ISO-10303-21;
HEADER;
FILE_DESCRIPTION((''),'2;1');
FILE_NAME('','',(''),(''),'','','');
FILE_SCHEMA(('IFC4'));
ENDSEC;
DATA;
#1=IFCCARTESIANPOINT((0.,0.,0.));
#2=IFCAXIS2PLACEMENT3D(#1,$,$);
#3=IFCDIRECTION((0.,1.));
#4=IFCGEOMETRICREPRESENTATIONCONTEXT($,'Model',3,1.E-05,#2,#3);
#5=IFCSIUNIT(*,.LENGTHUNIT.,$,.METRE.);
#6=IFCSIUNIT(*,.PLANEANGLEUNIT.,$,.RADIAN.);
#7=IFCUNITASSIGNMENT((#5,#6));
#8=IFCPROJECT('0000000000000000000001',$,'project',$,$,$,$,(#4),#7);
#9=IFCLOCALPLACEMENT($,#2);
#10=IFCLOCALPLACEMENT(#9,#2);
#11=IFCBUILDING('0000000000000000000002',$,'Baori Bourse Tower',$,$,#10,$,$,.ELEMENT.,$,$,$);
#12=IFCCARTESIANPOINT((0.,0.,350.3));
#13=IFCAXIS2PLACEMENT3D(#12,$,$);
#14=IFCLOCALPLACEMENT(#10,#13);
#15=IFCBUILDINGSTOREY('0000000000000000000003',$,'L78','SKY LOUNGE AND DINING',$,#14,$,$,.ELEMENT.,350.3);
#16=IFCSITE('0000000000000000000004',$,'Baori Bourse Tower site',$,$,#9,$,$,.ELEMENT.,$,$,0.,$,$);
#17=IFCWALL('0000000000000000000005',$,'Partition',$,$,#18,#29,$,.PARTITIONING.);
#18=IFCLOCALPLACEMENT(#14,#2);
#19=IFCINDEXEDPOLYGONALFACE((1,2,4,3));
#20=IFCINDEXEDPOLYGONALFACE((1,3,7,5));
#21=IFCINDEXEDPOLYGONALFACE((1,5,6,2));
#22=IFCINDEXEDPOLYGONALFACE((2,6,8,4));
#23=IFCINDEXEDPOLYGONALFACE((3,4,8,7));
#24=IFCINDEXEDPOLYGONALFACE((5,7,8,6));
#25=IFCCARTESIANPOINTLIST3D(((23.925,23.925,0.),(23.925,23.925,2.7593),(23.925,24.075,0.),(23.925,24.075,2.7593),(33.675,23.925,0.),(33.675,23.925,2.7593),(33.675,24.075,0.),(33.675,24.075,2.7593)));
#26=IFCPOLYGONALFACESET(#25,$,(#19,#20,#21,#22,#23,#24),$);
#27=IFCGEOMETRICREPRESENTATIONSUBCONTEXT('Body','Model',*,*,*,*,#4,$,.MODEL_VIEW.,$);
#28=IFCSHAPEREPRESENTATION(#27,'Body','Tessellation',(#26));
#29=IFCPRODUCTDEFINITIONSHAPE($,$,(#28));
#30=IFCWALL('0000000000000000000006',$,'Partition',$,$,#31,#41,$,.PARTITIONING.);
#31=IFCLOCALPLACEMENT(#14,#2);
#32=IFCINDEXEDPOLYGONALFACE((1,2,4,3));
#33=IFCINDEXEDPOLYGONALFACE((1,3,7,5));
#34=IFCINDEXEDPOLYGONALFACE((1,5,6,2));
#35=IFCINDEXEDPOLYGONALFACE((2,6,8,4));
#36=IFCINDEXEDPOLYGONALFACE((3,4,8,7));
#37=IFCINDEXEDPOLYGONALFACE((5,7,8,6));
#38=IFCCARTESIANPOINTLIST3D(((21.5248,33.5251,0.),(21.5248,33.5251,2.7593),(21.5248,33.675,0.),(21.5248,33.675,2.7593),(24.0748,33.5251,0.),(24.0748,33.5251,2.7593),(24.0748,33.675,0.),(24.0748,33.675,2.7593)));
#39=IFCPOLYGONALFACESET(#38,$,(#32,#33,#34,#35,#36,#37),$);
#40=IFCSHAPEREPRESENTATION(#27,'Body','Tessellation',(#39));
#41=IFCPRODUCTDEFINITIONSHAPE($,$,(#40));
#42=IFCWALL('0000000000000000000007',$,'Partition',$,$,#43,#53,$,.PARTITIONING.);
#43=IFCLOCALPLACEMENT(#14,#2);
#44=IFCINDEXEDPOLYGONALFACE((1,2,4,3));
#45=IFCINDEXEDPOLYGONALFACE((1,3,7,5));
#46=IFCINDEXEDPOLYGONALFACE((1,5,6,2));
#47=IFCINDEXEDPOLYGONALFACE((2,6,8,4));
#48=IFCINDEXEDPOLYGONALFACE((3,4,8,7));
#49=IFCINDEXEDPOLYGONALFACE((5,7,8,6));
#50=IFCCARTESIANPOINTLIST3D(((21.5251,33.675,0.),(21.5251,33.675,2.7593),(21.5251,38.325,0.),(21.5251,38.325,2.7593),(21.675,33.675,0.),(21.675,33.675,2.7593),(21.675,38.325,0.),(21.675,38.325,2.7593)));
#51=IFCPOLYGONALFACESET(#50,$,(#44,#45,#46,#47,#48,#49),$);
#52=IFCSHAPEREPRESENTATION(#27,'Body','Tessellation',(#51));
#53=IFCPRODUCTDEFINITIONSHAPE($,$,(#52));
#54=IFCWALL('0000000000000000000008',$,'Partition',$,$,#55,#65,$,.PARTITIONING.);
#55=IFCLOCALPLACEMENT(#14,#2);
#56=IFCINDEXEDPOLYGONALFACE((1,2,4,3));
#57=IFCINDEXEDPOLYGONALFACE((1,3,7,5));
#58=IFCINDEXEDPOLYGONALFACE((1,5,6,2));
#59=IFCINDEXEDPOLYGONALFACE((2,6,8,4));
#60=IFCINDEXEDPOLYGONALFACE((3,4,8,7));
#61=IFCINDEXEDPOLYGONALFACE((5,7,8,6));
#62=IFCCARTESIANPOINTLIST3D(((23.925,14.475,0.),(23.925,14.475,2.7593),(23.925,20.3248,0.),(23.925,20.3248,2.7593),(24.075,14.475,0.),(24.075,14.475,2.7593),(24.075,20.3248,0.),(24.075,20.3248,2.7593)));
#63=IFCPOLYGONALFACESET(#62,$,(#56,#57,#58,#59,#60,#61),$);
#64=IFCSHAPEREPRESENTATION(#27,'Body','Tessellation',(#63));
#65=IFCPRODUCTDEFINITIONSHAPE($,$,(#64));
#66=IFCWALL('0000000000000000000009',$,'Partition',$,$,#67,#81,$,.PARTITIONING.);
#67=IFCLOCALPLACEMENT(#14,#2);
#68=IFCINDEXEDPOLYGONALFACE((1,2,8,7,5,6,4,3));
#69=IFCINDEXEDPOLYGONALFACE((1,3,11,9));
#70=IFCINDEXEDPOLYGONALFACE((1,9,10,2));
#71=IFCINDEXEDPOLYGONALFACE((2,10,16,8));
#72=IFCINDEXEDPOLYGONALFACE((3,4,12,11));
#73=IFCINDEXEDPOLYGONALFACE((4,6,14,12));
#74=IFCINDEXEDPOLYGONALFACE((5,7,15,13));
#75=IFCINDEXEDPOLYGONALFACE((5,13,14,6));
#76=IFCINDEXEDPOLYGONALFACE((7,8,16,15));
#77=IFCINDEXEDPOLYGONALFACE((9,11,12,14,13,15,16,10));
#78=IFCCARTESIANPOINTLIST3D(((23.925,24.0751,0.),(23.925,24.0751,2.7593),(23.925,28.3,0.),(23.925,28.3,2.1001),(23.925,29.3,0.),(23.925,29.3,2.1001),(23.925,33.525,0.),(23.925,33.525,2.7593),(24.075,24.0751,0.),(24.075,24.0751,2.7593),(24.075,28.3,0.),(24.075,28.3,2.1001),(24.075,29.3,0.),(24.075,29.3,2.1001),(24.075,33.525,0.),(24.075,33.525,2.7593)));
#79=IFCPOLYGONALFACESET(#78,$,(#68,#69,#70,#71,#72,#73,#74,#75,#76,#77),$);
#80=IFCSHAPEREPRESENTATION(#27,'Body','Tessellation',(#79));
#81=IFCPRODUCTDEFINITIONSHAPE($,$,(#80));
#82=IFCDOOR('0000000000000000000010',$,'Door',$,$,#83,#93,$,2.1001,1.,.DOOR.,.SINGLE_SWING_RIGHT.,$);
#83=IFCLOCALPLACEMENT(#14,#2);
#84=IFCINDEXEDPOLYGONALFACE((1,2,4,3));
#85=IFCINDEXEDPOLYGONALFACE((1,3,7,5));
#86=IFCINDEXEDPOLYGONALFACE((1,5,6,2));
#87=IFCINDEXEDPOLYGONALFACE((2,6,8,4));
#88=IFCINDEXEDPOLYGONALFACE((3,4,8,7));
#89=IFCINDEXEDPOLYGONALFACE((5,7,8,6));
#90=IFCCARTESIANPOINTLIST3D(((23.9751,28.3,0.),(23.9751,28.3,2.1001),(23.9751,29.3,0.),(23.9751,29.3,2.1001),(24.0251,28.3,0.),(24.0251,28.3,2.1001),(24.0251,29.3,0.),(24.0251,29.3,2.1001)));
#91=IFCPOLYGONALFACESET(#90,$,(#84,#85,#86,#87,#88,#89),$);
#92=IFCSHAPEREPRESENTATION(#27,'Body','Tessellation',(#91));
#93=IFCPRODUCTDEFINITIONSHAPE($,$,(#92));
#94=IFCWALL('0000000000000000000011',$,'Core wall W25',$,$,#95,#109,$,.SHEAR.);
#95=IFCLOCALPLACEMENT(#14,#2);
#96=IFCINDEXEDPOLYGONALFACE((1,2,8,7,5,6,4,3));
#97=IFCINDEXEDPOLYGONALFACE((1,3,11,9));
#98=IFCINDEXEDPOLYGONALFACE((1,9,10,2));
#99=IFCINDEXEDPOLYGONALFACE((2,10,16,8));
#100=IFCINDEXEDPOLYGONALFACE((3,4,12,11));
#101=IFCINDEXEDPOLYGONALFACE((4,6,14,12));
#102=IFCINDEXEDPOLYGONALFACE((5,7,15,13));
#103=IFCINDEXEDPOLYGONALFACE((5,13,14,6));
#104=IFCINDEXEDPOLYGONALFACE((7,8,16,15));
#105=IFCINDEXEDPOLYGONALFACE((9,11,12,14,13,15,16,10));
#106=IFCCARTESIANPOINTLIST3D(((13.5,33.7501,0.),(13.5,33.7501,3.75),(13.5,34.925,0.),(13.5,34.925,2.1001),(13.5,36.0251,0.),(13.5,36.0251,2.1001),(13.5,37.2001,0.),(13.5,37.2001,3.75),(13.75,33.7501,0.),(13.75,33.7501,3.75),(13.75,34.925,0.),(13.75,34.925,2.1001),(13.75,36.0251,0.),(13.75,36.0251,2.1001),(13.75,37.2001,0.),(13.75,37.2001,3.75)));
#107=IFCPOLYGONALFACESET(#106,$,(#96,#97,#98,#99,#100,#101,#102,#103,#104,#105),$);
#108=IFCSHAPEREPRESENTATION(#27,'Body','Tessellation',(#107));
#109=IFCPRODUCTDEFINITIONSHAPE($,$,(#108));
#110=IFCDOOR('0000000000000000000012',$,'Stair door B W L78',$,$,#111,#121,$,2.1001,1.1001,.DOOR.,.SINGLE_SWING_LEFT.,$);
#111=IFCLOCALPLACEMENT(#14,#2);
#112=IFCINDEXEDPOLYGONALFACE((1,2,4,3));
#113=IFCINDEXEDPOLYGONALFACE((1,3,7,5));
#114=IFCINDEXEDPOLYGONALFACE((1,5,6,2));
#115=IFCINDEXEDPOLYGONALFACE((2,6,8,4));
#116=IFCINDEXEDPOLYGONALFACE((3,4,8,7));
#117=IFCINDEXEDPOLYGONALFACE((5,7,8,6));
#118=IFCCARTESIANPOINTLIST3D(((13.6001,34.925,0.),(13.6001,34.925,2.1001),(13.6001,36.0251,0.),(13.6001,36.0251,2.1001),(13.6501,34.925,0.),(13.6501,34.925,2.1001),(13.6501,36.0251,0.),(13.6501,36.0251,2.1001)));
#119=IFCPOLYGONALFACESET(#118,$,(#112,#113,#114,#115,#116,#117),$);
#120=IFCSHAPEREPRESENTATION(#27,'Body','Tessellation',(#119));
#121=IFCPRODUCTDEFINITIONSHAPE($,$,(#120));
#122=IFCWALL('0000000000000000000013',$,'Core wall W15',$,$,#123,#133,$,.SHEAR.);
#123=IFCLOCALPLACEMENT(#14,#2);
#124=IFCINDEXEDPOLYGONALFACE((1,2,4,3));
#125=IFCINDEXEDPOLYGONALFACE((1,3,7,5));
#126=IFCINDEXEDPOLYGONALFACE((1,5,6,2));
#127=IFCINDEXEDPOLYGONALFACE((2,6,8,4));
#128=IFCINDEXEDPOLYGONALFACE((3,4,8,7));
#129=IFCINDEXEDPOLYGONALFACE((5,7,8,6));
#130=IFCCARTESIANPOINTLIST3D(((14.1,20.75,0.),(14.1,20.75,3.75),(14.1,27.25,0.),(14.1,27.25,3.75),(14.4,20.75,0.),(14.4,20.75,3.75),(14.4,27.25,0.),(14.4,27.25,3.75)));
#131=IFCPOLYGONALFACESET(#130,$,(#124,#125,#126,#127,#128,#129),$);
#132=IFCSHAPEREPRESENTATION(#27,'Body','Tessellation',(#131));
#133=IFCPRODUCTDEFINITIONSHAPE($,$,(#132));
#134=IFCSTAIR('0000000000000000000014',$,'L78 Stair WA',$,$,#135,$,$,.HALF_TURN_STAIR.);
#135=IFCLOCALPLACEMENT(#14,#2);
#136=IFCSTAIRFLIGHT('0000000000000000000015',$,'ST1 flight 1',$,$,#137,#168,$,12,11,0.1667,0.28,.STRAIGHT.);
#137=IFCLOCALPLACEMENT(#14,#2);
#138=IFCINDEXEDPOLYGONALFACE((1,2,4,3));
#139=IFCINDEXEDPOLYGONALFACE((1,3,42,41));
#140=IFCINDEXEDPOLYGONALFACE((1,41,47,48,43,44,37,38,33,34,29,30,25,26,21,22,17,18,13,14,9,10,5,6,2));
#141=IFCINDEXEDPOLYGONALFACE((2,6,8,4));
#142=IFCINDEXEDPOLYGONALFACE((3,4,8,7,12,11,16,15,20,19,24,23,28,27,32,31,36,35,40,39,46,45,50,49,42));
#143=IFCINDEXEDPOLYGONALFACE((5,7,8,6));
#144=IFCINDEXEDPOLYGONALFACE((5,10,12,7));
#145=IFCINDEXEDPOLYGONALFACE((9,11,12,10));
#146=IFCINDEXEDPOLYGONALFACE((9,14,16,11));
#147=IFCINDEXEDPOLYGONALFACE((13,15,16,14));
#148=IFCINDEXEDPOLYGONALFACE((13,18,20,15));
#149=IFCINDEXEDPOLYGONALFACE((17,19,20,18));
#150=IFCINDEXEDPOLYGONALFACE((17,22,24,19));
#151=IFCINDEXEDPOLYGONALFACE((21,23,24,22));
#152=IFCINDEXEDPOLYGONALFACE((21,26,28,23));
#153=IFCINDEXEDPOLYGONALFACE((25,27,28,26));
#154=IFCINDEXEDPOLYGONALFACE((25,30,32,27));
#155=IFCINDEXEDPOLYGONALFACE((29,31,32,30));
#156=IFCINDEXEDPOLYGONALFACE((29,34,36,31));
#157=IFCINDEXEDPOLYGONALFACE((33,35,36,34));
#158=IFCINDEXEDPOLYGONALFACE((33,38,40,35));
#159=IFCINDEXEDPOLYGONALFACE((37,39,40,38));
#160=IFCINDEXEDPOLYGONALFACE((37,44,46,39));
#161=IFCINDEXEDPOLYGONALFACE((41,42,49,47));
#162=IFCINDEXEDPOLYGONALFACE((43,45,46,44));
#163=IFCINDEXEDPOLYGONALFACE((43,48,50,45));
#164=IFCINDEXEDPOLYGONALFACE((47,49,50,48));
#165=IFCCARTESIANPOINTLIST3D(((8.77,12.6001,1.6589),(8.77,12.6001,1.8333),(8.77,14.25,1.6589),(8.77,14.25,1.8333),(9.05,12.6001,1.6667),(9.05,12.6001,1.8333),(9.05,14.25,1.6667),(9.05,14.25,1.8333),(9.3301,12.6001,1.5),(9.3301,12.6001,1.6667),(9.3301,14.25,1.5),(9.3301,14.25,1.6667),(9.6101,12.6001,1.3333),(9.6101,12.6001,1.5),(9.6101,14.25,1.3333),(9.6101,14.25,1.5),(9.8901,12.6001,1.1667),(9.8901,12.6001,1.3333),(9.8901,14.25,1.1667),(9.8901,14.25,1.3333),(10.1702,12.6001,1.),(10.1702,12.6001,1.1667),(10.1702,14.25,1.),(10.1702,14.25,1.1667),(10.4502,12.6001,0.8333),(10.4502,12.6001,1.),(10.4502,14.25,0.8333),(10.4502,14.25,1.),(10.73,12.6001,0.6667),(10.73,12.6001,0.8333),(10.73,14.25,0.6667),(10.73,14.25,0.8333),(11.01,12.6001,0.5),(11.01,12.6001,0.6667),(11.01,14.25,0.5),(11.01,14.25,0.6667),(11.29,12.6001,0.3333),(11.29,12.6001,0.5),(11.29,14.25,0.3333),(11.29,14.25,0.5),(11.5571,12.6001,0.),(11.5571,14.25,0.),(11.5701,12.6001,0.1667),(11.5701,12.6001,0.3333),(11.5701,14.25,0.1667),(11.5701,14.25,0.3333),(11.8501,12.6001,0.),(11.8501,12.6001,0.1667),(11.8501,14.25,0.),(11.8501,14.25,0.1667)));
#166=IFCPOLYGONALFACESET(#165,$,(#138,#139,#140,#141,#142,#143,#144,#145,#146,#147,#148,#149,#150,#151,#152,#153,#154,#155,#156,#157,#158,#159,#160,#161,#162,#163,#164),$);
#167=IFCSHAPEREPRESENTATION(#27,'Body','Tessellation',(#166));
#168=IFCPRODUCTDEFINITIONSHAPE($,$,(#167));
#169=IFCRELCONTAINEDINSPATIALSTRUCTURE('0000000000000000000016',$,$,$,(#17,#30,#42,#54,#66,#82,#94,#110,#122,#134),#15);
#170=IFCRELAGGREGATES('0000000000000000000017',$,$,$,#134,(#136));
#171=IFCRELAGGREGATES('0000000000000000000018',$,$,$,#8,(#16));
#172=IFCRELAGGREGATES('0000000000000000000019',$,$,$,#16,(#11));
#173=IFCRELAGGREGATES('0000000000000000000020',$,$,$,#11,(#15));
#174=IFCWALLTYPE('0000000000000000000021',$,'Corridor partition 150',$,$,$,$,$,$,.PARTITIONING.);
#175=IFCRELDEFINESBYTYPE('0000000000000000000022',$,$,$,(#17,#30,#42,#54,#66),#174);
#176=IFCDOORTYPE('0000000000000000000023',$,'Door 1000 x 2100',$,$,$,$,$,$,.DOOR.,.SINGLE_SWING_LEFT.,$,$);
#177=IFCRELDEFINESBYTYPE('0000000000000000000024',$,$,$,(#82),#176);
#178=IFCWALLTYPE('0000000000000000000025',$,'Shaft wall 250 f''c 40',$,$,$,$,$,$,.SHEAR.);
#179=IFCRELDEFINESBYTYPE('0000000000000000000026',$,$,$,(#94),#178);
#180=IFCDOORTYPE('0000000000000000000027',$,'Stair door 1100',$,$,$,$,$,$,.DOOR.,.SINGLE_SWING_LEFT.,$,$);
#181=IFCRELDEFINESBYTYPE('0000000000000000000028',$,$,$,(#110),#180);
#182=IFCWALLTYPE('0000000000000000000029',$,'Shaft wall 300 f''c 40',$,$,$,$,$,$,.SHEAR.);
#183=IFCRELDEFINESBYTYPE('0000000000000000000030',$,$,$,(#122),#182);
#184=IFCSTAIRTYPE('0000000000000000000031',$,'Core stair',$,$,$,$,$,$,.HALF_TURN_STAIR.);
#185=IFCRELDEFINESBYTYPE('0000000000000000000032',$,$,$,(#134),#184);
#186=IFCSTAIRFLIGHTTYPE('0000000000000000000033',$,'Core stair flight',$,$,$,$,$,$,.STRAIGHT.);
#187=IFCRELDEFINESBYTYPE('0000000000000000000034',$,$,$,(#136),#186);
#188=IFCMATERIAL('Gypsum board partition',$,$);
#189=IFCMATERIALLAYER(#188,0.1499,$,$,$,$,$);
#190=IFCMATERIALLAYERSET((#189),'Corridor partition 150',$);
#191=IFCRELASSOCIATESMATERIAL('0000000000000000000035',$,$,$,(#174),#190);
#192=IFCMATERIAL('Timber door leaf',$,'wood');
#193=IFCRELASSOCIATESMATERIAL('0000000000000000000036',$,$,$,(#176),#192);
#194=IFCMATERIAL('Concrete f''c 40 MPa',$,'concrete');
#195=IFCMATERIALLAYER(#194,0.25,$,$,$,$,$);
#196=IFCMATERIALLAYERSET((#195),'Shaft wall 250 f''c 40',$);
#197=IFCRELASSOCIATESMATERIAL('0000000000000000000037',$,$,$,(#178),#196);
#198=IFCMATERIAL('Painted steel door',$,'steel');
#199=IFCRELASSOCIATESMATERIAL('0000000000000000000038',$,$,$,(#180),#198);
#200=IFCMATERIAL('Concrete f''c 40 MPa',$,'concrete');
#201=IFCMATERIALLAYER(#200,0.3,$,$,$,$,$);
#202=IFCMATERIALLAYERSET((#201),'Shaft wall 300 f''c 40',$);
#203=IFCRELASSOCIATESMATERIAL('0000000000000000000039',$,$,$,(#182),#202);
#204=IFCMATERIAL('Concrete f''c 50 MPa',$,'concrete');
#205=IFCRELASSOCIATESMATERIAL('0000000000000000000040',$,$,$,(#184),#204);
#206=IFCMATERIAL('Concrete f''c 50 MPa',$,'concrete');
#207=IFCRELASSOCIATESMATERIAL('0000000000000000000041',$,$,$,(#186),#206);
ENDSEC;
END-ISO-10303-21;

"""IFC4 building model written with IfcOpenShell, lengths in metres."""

from ifc_helpers import new_model, si_unit, direction, frame, frame_2d, origin, place, context, subcontext, project, spatial, polyline, rectangle, outline, extrude, material, layer, layer_set, type_object, element, fill, aggregate, save


model = new_model("IFC4")

# Units and contexts
model_context = context("Model", 3, precision=1e-05, world=origin(), true_north=direction((0.0, 1.0)))
body_context = subcontext(model_context, "Body", "Model", "MODEL_VIEW")
ifc_project = project(units=[si_unit("LENGTHUNIT", "METRE"), si_unit("PLANEANGLEUNIT", "RADIAN")], contexts=[model_context])

# Site, building, storey
site_placement = place(None, origin())
site = spatial("IfcSite", under=ifc_project, at=site_placement, Name="Baori Bourse Tower site", CompositionType="ELEMENT", RefElevation=0.0)
building_placement = place(site_placement, origin())
building = spatial("IfcBuilding", under=site, at=building_placement, Name="Baori Bourse Tower", CompositionType="ELEMENT")
storey_placement = place(building_placement, frame((0.0, 0.0, 350.3)))
storey = spatial("IfcBuildingStorey", under=building, at=storey_placement, Name="L78", Description="SKY LOUNGE AND DINING", CompositionType="ELEMENT", Elevation=350.3)

# Shared definitions
ifc_material_1 = material(Name="Gypsum board partition")
ifc_layer_1 = layer(ifc_material_1, 0.1499)
ifc_layer_set_1 = layer_set([ifc_layer_1], Name="Corridor partition 150")
wall_type_1 = type_object("IfcWallType", Name="Corridor partition 150", PredefinedType="PARTITIONING", material=ifc_layer_set_1)

# Shared definitions
ifc_material_2 = material(Name="Timber door leaf", Category="wood")
door_type_1 = type_object("IfcDoorType", Name="Door 1000 x 2100", OperationType="SINGLE_SWING_LEFT", PredefinedType="DOOR", material=ifc_material_2)

# Walls
wall_1_placement = place(storey_placement, frame((23.925, 24.0, 0.0), z_axis=(0.0, 0.0, 1.0), x_axis=(1.0, 0.0, 0.0)))
element("IfcWall", 1, at=wall_1_placement, inside=storey, type_object=wall_type_1, Name="Partition", PredefinedType="PARTITIONING", context=body_context, shape_type="SweptSolid", body=[
    extrude(rectangle(XDim=9.75, YDim=0.1499, at=frame_2d((4.875, 0.0))), origin(), (0.0, 0.0, 1.0), 2.7593),
])
wall_2_placement = place(storey_placement, frame((21.5249, 33.6001, 0.0), z_axis=(0.0, 0.0, 1.0), x_axis=(1.0, 0.0, 0.0)))
element("IfcWall", 2, at=wall_2_placement, inside=storey, type_object=wall_type_1, Name="Partition", PredefinedType="PARTITIONING", context=body_context, shape_type="SweptSolid", body=[
    extrude(rectangle(XDim=2.55, YDim=0.1499, at=frame_2d((1.2749, 0.0))), origin(), (0.0, 0.0, 1.0), 2.7593),
])
wall_3_placement = place(storey_placement, frame((21.6001, 33.675, 0.0), z_axis=(0.0, 0.0, 1.0), x_axis=(0.0, 1.0, 0.0)))
element("IfcWall", 3, at=wall_3_placement, inside=storey, type_object=wall_type_1, Name="Partition", PredefinedType="PARTITIONING", context=body_context, shape_type="SweptSolid", body=[
    extrude(rectangle(XDim=4.6499, YDim=0.1499, at=frame_2d((2.325, 0.0))), origin(), (0.0, 0.0, 1.0), 2.7593),
])
wall_4_placement = place(storey_placement, frame((24.0, 14.4751, 0.0), z_axis=(0.0, 0.0, 1.0), x_axis=(0.0, 1.0, 0.0)))
element("IfcWall", 4, at=wall_4_placement, inside=storey, type_object=wall_type_1, Name="Partition", PredefinedType="PARTITIONING", context=body_context, shape_type="SweptSolid", body=[
    extrude(rectangle(XDim=5.8499, YDim=0.1499, at=frame_2d((2.9248, 0.0))), origin(), (0.0, 0.0, 1.0), 2.7593),
])

# Walls, openings, doors
wall_5_placement = place(storey_placement, frame((24.0, 24.075, 0.0), z_axis=(0.0, 0.0, 1.0), x_axis=(0.0, 1.0, 0.0)))
wall_5 = element("IfcWall", 5, at=wall_5_placement, inside=storey, type_object=wall_type_1, Name="Partition", PredefinedType="PARTITIONING", context=body_context, shape_type="SweptSolid", body=[
    extrude(rectangle(XDim=9.45, YDim=0.1499, at=frame_2d((4.7251, 0.0))), origin(), (0.0, 0.0, 1.0), 2.7593),
])
opening_1_placement = place(wall_5_placement, frame((4.2251, 0.0, 0.0)))
opening_1 = element("IfcOpeningElement", 6, at=opening_1_placement, cuts=wall_5, PredefinedType="OPENING", context=body_context, shape_type="SweptSolid", body=[
    extrude(rectangle(XDim=1.0, YDim=2.1001, at=frame_2d((0.5, 1.05))), frame((0.0, 0.085, 0.0), z_axis=(0.0, -1.0, 0.0), x_axis=(1.0, 0.0, 0.0)), (0.0, 0.0, 1.0), 0.1699),
])
door_1_placement = place(opening_1_placement, origin())
door_1 = element("IfcDoor", 7, at=door_1_placement, inside=storey, type_object=door_type_1, Name="Door", OperationType="SINGLE_SWING_RIGHT", OverallHeight=2.1001, OverallWidth=1.0, PredefinedType="DOOR", context=body_context, shape_type="SweptSolid", body=[
    extrude(rectangle(XDim=1.0, YDim=2.1001, at=frame_2d((0.5, 1.05))), frame((0.0, 0.0249, 0.0), z_axis=(0.0, -1.0, 0.0), x_axis=(1.0, 0.0, 0.0)), (0.0, 0.0, 1.0), 0.05),
])
fill(opening_1, door_1)
ifc_material_3 = material(Name="Concrete f'c 40 MPa", Category="concrete")
ifc_layer_2 = layer(ifc_material_3, 0.25)
ifc_layer_set_2 = layer_set([ifc_layer_2], Name="Shaft wall 250 f'c 40")
wall_type_2 = type_object("IfcWallType", Name="Shaft wall 250 f'c 40", PredefinedType="SHEAR", material=ifc_layer_set_2)
wall_6_placement = place(storey_placement, frame((13.625, 33.75, 0.0), z_axis=(0.0, 0.0, 1.0), x_axis=(0.0, 1.0, 0.0)))
wall_6 = element("IfcWall", 8, at=wall_6_placement, inside=storey, type_object=wall_type_2, Name="Core wall W25", PredefinedType="SHEAR", context=body_context, shape_type="SweptSolid", body=[
    extrude(rectangle(XDim=3.45, YDim=0.25, at=frame_2d((1.7251, 0.0))), origin(), (0.0, 0.0, 1.0), 3.75),
])
opening_2_placement = place(wall_6_placement, frame((1.175, 0.0, 0.0)))
opening_2 = element("IfcOpeningElement", 9, at=opening_2_placement, cuts=wall_6, PredefinedType="OPENING", context=body_context, shape_type="SweptSolid", body=[
    extrude(rectangle(XDim=1.1001, YDim=2.1001, at=frame_2d((0.55, 1.05))), frame((0.0, 0.135, 0.0), z_axis=(0.0, -1.0, 0.0), x_axis=(1.0, 0.0, 0.0)), (0.0, 0.0, 1.0), 0.27),
])
ifc_material_4 = material(Name="Painted steel door", Category="steel")
door_type_2 = type_object("IfcDoorType", Name="Stair door 1100", OperationType="SINGLE_SWING_LEFT", PredefinedType="DOOR", material=ifc_material_4)
door_2_placement = place(opening_2_placement, origin())
door_2 = element("IfcDoor", 10, at=door_2_placement, inside=storey, type_object=door_type_2, Name="Stair door B W L78", OperationType="SINGLE_SWING_LEFT", OverallHeight=2.1001, OverallWidth=1.1001, PredefinedType="DOOR", context=body_context, shape_type="SweptSolid", body=[
    extrude(rectangle(XDim=1.1001, YDim=2.1001, at=frame_2d((0.55, 1.05))), frame((0.0, 0.0249, 0.0), z_axis=(0.0, -1.0, 0.0), x_axis=(1.0, 0.0, 0.0)), (0.0, 0.0, 1.0), 0.05),
])
fill(opening_2, door_2)

# Wall
ifc_material_5 = material(Name="Concrete f'c 40 MPa", Category="concrete")
ifc_layer_3 = layer(ifc_material_5, 0.3)
ifc_layer_set_3 = layer_set([ifc_layer_3], Name="Shaft wall 300 f'c 40")
wall_type_3 = type_object("IfcWallType", Name="Shaft wall 300 f'c 40", PredefinedType="SHEAR", material=ifc_layer_set_3)
wall_7_placement = place(storey_placement, frame((14.25, 20.75, 0.0), z_axis=(0.0, 0.0, 1.0), x_axis=(0.0, 1.0, 0.0)))
element("IfcWall", 11, at=wall_7_placement, inside=storey, type_object=wall_type_3, Name="Core wall W15", PredefinedType="SHEAR", context=body_context, shape_type="SweptSolid", body=[
    extrude(rectangle(XDim=6.5, YDim=0.3, at=frame_2d((3.25, 0.0))), origin(), (0.0, 0.0, 1.0), 3.75),
])

# Stair, stair flight
ifc_material_6 = material(Name="Concrete f'c 50 MPa", Category="concrete")
stair_type = type_object("IfcStairType", Name="Core stair", PredefinedType="HALF_TURN_STAIR", material=ifc_material_6)
stair_placement = place(storey_placement, origin())
stair = element("IfcStair", 12, at=stair_placement, inside=storey, type_object=stair_type, Name="L78 Stair WA", PredefinedType="HALF_TURN_STAIR")
ifc_material_7 = material(Name="Concrete f'c 50 MPa", Category="concrete")
stair_flight_type = type_object("IfcStairFlightType", Name="Core stair flight", PredefinedType="STRAIGHT", material=ifc_material_7)
stair_flight_placement = place(storey_placement, frame((11.8501, 13.425, 0.0), z_axis=(0.0, 0.0, 1.0), x_axis=(-1.0, 0.0, 0.0)))
stair_flight = element("IfcStairFlight", 13, at=stair_flight_placement, type_object=stair_flight_type, Name="ST1 flight 1", NumberOfRisers=12, NumberOfTreads=11, PredefinedType="STRAIGHT", RiserHeight=0.1667, TreadLength=0.28, context=body_context, shape_type="SweptSolid", body=[
    extrude(outline(polyline([(0.0, 0.0), (0.0, 0.1667), (0.28, 0.1667), (0.28, 0.3333), (0.5601, 0.3333), (0.5601, 0.5), (0.8401, 0.5), (0.8401, 0.6667), (1.1201, 0.6667), (1.1201, 0.8333), (1.3999, 0.8333), (1.3999, 1.0), (1.6799, 1.0), (1.6799, 1.1667), (1.96, 1.1667), (1.96, 1.3333), (2.24, 1.3333), (2.24, 1.5), (2.52, 1.5), (2.52, 1.6667), (2.8, 1.6667), (2.8, 1.8333), (3.0801, 1.8333), (3.0801, 2.0), (3.0801, 1.6589), (0.293, 0.0), (0.0, 0.0)])), frame((0.0, 0.825, 0.0), z_axis=(0.0, -1.0, 0.0), x_axis=(1.0, 0.0, 0.0)), (0.0, 0.0, 1.0), 1.6499),
])
aggregate(stair, [stair_flight])

save(model, "model.ifc")
